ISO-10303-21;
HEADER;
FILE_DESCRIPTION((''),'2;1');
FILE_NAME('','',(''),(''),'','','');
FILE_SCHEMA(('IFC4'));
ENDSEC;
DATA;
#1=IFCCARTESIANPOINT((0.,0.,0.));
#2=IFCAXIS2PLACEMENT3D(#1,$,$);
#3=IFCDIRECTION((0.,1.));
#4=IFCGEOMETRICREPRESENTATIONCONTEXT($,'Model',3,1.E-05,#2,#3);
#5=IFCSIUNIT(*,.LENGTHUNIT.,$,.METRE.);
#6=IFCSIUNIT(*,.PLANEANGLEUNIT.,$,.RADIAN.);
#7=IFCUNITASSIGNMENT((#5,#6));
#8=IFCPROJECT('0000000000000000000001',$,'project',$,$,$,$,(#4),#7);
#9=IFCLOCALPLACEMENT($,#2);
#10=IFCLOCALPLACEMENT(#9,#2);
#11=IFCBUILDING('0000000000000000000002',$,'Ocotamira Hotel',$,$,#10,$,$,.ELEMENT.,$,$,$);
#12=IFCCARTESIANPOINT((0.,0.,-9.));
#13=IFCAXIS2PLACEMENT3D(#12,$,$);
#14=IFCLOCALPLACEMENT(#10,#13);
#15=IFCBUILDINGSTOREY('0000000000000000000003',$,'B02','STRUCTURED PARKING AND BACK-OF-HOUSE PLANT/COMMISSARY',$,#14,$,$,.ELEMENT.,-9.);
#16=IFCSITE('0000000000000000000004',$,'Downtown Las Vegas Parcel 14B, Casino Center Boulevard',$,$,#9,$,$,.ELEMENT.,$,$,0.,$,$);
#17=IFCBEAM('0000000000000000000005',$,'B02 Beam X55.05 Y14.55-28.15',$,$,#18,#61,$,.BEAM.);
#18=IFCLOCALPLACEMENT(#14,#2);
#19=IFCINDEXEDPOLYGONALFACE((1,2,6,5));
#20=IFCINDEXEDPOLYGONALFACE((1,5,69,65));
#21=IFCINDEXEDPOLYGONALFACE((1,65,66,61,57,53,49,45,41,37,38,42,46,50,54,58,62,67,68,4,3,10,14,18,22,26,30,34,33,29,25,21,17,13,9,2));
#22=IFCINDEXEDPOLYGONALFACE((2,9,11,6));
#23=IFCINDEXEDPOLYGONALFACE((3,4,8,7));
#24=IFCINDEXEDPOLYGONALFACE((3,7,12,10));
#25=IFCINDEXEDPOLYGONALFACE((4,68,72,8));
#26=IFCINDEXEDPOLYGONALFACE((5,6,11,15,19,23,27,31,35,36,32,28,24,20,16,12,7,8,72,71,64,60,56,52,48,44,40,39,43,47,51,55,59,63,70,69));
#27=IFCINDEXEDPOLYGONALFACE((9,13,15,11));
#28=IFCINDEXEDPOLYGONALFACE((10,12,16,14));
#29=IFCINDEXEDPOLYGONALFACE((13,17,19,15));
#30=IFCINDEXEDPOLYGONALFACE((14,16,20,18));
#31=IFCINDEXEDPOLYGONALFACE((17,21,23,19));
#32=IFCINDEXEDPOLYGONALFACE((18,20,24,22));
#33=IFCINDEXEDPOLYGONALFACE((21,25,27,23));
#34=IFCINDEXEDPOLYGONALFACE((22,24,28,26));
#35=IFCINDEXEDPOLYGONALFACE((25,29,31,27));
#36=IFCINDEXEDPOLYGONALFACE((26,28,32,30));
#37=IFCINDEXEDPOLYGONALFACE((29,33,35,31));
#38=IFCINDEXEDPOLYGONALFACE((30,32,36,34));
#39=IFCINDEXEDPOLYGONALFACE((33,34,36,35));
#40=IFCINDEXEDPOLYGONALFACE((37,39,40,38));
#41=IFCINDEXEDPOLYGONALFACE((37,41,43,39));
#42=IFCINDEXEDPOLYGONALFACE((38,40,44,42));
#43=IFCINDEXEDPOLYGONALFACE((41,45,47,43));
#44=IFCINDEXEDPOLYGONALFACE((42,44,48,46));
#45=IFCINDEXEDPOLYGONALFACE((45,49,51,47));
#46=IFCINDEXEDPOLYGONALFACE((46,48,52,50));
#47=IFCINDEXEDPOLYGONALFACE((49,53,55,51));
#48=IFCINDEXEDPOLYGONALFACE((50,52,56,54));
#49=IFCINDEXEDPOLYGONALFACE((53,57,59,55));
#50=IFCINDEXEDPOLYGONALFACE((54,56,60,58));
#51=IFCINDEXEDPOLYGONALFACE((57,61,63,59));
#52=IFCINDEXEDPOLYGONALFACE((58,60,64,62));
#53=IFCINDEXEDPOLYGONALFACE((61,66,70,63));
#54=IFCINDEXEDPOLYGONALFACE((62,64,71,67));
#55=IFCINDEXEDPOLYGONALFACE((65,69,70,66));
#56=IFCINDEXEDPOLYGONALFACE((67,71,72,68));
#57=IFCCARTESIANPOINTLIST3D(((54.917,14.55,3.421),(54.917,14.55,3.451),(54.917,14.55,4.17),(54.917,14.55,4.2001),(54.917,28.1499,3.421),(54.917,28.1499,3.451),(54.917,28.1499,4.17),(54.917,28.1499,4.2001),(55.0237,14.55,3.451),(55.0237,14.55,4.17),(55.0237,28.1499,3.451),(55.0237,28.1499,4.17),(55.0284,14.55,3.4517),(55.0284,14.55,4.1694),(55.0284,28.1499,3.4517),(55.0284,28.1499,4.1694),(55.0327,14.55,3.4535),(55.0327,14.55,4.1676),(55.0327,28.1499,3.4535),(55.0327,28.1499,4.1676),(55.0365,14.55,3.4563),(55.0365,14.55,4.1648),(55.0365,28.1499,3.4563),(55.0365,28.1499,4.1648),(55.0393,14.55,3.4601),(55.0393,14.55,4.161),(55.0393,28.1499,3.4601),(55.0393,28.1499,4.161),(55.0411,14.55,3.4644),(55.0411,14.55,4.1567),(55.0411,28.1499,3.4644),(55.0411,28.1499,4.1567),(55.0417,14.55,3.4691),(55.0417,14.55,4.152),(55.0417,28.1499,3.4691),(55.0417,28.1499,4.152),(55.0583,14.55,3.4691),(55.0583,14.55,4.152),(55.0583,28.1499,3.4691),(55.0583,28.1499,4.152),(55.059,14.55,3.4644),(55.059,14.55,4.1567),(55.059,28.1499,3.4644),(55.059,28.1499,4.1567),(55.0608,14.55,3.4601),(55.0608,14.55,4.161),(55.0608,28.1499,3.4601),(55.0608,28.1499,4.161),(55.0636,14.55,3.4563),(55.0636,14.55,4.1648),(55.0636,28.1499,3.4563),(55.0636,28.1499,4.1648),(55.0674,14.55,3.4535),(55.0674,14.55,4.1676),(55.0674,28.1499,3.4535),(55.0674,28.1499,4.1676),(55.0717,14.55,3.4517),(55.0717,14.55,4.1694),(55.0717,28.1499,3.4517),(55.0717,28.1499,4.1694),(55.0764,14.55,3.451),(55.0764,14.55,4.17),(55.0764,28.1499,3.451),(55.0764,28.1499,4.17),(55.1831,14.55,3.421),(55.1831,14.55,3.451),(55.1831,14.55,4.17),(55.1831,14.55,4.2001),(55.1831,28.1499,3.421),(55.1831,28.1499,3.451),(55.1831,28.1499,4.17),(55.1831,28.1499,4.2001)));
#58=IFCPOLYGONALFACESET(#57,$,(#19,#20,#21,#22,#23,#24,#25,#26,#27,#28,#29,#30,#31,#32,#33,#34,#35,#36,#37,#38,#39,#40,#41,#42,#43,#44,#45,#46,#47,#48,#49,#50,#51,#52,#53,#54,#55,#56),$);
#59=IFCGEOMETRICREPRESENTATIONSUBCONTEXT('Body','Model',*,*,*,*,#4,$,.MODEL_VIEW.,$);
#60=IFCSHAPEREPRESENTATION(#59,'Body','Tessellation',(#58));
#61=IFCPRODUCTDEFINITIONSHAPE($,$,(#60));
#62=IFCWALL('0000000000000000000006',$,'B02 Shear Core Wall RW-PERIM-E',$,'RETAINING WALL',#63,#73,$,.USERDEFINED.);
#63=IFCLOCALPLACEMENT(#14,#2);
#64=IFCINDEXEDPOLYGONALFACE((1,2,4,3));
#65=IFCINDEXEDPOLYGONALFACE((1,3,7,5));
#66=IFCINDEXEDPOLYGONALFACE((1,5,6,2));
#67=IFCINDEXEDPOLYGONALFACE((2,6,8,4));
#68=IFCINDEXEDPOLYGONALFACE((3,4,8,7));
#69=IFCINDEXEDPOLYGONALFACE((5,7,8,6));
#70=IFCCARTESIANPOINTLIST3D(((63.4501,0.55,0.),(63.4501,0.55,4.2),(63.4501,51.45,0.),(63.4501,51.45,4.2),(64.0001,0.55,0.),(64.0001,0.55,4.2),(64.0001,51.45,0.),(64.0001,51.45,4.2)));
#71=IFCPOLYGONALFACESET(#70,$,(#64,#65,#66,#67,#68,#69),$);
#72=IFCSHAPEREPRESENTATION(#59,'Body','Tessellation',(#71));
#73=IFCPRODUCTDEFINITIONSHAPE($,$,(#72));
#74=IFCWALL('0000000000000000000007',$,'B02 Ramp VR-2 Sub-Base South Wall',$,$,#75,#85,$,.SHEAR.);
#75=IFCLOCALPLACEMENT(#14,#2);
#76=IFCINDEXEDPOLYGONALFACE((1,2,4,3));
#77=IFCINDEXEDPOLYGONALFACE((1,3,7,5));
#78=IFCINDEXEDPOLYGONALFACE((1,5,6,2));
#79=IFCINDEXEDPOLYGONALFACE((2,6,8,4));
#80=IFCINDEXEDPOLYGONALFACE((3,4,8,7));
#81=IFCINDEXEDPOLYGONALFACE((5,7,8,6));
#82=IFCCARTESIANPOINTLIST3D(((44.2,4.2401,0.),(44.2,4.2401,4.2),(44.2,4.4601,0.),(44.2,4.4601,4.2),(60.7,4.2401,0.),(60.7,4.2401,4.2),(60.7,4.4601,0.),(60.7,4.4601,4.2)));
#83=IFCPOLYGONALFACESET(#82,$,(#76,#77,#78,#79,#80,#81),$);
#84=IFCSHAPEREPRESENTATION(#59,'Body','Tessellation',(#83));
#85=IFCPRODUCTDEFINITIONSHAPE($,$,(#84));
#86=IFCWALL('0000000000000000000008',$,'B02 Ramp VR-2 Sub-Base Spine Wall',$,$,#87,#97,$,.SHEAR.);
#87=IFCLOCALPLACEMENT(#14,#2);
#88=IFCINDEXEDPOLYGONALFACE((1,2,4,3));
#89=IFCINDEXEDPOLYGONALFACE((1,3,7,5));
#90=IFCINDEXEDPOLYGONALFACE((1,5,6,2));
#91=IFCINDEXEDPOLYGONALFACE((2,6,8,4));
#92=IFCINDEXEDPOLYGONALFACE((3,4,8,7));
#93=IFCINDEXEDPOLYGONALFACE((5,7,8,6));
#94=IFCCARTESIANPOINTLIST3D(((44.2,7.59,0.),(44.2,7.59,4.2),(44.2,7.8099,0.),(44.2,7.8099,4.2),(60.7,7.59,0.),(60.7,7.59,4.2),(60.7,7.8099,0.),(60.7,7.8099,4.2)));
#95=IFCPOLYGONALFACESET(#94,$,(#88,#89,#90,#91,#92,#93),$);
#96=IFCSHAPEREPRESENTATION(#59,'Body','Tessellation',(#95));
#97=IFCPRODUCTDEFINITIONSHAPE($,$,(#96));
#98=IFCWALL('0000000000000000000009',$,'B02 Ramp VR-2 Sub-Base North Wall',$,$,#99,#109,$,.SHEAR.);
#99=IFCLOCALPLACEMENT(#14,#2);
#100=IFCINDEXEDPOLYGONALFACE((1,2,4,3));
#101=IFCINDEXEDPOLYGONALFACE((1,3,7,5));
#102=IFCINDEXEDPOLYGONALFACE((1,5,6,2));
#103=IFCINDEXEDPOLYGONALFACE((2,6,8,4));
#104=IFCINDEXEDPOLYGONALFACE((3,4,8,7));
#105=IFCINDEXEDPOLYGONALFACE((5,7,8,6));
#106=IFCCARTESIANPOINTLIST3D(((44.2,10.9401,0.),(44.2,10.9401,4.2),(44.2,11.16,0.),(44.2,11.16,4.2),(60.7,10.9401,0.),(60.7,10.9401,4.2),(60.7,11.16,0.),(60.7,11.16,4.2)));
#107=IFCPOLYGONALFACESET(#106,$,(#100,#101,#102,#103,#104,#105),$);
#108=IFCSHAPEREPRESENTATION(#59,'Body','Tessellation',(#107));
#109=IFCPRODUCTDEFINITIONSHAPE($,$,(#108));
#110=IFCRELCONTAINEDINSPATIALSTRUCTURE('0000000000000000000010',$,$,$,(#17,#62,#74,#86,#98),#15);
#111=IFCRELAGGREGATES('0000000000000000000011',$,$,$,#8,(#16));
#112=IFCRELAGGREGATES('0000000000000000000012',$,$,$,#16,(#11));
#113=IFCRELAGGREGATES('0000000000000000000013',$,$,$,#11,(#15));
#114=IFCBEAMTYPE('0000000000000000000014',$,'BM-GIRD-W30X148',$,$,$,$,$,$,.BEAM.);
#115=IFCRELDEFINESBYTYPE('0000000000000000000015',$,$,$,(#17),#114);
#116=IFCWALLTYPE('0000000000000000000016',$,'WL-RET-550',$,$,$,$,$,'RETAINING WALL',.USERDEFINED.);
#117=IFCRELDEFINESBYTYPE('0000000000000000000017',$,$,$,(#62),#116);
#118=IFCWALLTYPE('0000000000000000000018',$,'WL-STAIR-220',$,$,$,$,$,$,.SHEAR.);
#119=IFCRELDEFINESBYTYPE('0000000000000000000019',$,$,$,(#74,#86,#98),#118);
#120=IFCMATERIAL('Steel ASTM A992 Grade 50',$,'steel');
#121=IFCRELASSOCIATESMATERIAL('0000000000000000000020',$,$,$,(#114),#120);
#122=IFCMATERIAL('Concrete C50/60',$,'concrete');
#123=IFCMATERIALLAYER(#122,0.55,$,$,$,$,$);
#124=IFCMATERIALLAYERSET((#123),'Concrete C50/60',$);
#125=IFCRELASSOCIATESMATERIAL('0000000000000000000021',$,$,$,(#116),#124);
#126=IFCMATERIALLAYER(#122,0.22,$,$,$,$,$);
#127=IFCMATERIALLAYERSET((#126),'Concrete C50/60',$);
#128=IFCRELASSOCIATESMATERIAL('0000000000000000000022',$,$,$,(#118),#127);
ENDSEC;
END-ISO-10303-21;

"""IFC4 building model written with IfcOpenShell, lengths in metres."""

from ifc_helpers import new_model, si_unit, direction, frame, frame_2d, origin, origin_2d, place, context, subcontext, project, spatial, rectangle, i_section, extrude, source, transform, mapped, material, layer, layer_set, material_profile, profile_set, type_object, element, save


model = new_model("IFC4")

# Units and contexts
model_context = context("Model", 3, precision=1e-05, world=origin(), true_north=direction((0.0, 1.0)))
body_context = subcontext(model_context, "Body", "Model", "MODEL_VIEW")
ifc_project = project(units=[si_unit("LENGTHUNIT", "METRE"), si_unit("PLANEANGLEUNIT", "RADIAN")], contexts=[model_context])

# Site, building, storey
site_placement = place(None, origin())
site = spatial("IfcSite", under=ifc_project, at=site_placement, Name="Downtown Las Vegas Parcel 14B, Casino Center Boulevard", CompositionType="ELEMENT", RefElevation=0.0)
building_placement = place(site_placement, origin())
building = spatial("IfcBuilding", under=site, at=building_placement, Name="Ocotamira Hotel", CompositionType="ELEMENT")
storey_placement = place(building_placement, frame((0.0, 0.0, -9.0)))
storey = spatial("IfcBuildingStorey", under=building, at=storey_placement, Name="B02", Description="STRUCTURED PARKING AND BACK-OF-HOUSE PLANT/COMMISSARY", CompositionType="ELEMENT", Elevation=-9.0)

# Shared definitions
ifc_material_1 = material(Name="Concrete C50/60", Category="concrete")

# Beam
ifc_material_2 = material(Name="Steel ASTM A992 Grade 50", Category="steel")
ifc_material_profile_1 = material_profile(ifc_material_2, i_section(OverallWidth=0.2661, OverallDepth=0.7791, WebThickness=0.0166, FlangeThickness=0.03, FilletRadius=0.0181, at=origin_2d()), Name="W30X148")
ifc_profile_set_1 = profile_set([ifc_material_profile_1], Name="Steel ASTM A992 Grade 50")
beam_type_1 = type_object("IfcBeamType", Name="BM-GIRD-W30X148", PredefinedType="BEAM", material=ifc_profile_set_1)
shared_shape_1 = source(origin(), body_context, "Body", "SweptSolid", [
    extrude(i_section(OverallWidth=0.2661, OverallDepth=0.7791, WebThickness=0.0166, FlangeThickness=0.03, FilletRadius=0.0181, at=origin_2d()), origin(), (0.0, 0.0, 1.0), 13.5999),
])
beam_1_placement = place(storey_placement, frame((55.05, 14.55, 3.8105), z_axis=(0.0, 1.0, 0.0), x_axis=(-1.0, 0.0, 0.0)))
element("IfcBeam", 1, at=beam_1_placement, inside=storey, type_object=beam_type_1, Name="B02 Beam X55.05 Y14.55-28.15", PredefinedType="BEAM", context=body_context, shape_type="MappedRepresentation", body=[
    mapped(shared_shape_1, transform((0.0, 0.0, 0.0), scale=1.0)),
])

# Walls
ifc_layer_1 = layer(ifc_material_1, 0.55)
ifc_layer_set_1 = layer_set([ifc_layer_1], Name="Concrete C50/60")
wall_type_1 = type_object("IfcWallType", Name="WL-RET-550", ElementType="RETAINING WALL", PredefinedType="USERDEFINED", material=ifc_layer_set_1)
wall_placement = place(storey_placement, frame((63.7251, 0.55, 0.0), z_axis=(0.0, 0.0, 1.0), x_axis=(0.0, 1.0, 0.0)))
element("IfcWall", 2, at=wall_placement, inside=storey, type_object=wall_type_1, Name="B02 Shear Core Wall RW-PERIM-E", ObjectType="RETAINING WALL", PredefinedType="USERDEFINED", context=body_context, shape_type="SweptSolid", body=[
    extrude(rectangle(XDim=50.8999, YDim=0.55, at=frame_2d((25.45, 0.0))), origin(), (0.0, 0.0, 1.0), 4.2),
])
ifc_layer_2 = layer(ifc_material_1, 0.22)
ifc_layer_set_2 = layer_set([ifc_layer_2], Name="Concrete C50/60")
wall_type_2 = type_object("IfcWallType", Name="WL-STAIR-220", PredefinedType="SHEAR", material=ifc_layer_set_2)
for number, where, z_axis, x_axis, name in (
    (3, (44.2, 4.3501, 0.0), (0.0, 0.0, 1.0), (1.0, 0.0, 0.0), "B02 Ramp VR-2 Sub-Base South Wall"),
    (4, (44.2, 7.7, 0.0), (0.0, 0.0, 1.0), (1.0, 0.0, 0.0), "B02 Ramp VR-2 Sub-Base Spine Wall"),
    (5, (44.2, 11.05, 0.0), (0.0, 0.0, 1.0), (1.0, 0.0, 0.0), "B02 Ramp VR-2 Sub-Base North Wall"),
):
    element("IfcWall", number, at=place(storey_placement, frame(where, z_axis=z_axis, x_axis=x_axis)), inside=storey, type_object=wall_type_2, Name=name, PredefinedType="SHEAR", context=body_context, shape_type="SweptSolid", body=[
        extrude(rectangle(XDim=16.5, YDim=0.22, at=frame_2d((8.25, 0.0))), origin(), (0.0, 0.0, 1.0), 4.2),
    ])

save(model, "model.ifc")
